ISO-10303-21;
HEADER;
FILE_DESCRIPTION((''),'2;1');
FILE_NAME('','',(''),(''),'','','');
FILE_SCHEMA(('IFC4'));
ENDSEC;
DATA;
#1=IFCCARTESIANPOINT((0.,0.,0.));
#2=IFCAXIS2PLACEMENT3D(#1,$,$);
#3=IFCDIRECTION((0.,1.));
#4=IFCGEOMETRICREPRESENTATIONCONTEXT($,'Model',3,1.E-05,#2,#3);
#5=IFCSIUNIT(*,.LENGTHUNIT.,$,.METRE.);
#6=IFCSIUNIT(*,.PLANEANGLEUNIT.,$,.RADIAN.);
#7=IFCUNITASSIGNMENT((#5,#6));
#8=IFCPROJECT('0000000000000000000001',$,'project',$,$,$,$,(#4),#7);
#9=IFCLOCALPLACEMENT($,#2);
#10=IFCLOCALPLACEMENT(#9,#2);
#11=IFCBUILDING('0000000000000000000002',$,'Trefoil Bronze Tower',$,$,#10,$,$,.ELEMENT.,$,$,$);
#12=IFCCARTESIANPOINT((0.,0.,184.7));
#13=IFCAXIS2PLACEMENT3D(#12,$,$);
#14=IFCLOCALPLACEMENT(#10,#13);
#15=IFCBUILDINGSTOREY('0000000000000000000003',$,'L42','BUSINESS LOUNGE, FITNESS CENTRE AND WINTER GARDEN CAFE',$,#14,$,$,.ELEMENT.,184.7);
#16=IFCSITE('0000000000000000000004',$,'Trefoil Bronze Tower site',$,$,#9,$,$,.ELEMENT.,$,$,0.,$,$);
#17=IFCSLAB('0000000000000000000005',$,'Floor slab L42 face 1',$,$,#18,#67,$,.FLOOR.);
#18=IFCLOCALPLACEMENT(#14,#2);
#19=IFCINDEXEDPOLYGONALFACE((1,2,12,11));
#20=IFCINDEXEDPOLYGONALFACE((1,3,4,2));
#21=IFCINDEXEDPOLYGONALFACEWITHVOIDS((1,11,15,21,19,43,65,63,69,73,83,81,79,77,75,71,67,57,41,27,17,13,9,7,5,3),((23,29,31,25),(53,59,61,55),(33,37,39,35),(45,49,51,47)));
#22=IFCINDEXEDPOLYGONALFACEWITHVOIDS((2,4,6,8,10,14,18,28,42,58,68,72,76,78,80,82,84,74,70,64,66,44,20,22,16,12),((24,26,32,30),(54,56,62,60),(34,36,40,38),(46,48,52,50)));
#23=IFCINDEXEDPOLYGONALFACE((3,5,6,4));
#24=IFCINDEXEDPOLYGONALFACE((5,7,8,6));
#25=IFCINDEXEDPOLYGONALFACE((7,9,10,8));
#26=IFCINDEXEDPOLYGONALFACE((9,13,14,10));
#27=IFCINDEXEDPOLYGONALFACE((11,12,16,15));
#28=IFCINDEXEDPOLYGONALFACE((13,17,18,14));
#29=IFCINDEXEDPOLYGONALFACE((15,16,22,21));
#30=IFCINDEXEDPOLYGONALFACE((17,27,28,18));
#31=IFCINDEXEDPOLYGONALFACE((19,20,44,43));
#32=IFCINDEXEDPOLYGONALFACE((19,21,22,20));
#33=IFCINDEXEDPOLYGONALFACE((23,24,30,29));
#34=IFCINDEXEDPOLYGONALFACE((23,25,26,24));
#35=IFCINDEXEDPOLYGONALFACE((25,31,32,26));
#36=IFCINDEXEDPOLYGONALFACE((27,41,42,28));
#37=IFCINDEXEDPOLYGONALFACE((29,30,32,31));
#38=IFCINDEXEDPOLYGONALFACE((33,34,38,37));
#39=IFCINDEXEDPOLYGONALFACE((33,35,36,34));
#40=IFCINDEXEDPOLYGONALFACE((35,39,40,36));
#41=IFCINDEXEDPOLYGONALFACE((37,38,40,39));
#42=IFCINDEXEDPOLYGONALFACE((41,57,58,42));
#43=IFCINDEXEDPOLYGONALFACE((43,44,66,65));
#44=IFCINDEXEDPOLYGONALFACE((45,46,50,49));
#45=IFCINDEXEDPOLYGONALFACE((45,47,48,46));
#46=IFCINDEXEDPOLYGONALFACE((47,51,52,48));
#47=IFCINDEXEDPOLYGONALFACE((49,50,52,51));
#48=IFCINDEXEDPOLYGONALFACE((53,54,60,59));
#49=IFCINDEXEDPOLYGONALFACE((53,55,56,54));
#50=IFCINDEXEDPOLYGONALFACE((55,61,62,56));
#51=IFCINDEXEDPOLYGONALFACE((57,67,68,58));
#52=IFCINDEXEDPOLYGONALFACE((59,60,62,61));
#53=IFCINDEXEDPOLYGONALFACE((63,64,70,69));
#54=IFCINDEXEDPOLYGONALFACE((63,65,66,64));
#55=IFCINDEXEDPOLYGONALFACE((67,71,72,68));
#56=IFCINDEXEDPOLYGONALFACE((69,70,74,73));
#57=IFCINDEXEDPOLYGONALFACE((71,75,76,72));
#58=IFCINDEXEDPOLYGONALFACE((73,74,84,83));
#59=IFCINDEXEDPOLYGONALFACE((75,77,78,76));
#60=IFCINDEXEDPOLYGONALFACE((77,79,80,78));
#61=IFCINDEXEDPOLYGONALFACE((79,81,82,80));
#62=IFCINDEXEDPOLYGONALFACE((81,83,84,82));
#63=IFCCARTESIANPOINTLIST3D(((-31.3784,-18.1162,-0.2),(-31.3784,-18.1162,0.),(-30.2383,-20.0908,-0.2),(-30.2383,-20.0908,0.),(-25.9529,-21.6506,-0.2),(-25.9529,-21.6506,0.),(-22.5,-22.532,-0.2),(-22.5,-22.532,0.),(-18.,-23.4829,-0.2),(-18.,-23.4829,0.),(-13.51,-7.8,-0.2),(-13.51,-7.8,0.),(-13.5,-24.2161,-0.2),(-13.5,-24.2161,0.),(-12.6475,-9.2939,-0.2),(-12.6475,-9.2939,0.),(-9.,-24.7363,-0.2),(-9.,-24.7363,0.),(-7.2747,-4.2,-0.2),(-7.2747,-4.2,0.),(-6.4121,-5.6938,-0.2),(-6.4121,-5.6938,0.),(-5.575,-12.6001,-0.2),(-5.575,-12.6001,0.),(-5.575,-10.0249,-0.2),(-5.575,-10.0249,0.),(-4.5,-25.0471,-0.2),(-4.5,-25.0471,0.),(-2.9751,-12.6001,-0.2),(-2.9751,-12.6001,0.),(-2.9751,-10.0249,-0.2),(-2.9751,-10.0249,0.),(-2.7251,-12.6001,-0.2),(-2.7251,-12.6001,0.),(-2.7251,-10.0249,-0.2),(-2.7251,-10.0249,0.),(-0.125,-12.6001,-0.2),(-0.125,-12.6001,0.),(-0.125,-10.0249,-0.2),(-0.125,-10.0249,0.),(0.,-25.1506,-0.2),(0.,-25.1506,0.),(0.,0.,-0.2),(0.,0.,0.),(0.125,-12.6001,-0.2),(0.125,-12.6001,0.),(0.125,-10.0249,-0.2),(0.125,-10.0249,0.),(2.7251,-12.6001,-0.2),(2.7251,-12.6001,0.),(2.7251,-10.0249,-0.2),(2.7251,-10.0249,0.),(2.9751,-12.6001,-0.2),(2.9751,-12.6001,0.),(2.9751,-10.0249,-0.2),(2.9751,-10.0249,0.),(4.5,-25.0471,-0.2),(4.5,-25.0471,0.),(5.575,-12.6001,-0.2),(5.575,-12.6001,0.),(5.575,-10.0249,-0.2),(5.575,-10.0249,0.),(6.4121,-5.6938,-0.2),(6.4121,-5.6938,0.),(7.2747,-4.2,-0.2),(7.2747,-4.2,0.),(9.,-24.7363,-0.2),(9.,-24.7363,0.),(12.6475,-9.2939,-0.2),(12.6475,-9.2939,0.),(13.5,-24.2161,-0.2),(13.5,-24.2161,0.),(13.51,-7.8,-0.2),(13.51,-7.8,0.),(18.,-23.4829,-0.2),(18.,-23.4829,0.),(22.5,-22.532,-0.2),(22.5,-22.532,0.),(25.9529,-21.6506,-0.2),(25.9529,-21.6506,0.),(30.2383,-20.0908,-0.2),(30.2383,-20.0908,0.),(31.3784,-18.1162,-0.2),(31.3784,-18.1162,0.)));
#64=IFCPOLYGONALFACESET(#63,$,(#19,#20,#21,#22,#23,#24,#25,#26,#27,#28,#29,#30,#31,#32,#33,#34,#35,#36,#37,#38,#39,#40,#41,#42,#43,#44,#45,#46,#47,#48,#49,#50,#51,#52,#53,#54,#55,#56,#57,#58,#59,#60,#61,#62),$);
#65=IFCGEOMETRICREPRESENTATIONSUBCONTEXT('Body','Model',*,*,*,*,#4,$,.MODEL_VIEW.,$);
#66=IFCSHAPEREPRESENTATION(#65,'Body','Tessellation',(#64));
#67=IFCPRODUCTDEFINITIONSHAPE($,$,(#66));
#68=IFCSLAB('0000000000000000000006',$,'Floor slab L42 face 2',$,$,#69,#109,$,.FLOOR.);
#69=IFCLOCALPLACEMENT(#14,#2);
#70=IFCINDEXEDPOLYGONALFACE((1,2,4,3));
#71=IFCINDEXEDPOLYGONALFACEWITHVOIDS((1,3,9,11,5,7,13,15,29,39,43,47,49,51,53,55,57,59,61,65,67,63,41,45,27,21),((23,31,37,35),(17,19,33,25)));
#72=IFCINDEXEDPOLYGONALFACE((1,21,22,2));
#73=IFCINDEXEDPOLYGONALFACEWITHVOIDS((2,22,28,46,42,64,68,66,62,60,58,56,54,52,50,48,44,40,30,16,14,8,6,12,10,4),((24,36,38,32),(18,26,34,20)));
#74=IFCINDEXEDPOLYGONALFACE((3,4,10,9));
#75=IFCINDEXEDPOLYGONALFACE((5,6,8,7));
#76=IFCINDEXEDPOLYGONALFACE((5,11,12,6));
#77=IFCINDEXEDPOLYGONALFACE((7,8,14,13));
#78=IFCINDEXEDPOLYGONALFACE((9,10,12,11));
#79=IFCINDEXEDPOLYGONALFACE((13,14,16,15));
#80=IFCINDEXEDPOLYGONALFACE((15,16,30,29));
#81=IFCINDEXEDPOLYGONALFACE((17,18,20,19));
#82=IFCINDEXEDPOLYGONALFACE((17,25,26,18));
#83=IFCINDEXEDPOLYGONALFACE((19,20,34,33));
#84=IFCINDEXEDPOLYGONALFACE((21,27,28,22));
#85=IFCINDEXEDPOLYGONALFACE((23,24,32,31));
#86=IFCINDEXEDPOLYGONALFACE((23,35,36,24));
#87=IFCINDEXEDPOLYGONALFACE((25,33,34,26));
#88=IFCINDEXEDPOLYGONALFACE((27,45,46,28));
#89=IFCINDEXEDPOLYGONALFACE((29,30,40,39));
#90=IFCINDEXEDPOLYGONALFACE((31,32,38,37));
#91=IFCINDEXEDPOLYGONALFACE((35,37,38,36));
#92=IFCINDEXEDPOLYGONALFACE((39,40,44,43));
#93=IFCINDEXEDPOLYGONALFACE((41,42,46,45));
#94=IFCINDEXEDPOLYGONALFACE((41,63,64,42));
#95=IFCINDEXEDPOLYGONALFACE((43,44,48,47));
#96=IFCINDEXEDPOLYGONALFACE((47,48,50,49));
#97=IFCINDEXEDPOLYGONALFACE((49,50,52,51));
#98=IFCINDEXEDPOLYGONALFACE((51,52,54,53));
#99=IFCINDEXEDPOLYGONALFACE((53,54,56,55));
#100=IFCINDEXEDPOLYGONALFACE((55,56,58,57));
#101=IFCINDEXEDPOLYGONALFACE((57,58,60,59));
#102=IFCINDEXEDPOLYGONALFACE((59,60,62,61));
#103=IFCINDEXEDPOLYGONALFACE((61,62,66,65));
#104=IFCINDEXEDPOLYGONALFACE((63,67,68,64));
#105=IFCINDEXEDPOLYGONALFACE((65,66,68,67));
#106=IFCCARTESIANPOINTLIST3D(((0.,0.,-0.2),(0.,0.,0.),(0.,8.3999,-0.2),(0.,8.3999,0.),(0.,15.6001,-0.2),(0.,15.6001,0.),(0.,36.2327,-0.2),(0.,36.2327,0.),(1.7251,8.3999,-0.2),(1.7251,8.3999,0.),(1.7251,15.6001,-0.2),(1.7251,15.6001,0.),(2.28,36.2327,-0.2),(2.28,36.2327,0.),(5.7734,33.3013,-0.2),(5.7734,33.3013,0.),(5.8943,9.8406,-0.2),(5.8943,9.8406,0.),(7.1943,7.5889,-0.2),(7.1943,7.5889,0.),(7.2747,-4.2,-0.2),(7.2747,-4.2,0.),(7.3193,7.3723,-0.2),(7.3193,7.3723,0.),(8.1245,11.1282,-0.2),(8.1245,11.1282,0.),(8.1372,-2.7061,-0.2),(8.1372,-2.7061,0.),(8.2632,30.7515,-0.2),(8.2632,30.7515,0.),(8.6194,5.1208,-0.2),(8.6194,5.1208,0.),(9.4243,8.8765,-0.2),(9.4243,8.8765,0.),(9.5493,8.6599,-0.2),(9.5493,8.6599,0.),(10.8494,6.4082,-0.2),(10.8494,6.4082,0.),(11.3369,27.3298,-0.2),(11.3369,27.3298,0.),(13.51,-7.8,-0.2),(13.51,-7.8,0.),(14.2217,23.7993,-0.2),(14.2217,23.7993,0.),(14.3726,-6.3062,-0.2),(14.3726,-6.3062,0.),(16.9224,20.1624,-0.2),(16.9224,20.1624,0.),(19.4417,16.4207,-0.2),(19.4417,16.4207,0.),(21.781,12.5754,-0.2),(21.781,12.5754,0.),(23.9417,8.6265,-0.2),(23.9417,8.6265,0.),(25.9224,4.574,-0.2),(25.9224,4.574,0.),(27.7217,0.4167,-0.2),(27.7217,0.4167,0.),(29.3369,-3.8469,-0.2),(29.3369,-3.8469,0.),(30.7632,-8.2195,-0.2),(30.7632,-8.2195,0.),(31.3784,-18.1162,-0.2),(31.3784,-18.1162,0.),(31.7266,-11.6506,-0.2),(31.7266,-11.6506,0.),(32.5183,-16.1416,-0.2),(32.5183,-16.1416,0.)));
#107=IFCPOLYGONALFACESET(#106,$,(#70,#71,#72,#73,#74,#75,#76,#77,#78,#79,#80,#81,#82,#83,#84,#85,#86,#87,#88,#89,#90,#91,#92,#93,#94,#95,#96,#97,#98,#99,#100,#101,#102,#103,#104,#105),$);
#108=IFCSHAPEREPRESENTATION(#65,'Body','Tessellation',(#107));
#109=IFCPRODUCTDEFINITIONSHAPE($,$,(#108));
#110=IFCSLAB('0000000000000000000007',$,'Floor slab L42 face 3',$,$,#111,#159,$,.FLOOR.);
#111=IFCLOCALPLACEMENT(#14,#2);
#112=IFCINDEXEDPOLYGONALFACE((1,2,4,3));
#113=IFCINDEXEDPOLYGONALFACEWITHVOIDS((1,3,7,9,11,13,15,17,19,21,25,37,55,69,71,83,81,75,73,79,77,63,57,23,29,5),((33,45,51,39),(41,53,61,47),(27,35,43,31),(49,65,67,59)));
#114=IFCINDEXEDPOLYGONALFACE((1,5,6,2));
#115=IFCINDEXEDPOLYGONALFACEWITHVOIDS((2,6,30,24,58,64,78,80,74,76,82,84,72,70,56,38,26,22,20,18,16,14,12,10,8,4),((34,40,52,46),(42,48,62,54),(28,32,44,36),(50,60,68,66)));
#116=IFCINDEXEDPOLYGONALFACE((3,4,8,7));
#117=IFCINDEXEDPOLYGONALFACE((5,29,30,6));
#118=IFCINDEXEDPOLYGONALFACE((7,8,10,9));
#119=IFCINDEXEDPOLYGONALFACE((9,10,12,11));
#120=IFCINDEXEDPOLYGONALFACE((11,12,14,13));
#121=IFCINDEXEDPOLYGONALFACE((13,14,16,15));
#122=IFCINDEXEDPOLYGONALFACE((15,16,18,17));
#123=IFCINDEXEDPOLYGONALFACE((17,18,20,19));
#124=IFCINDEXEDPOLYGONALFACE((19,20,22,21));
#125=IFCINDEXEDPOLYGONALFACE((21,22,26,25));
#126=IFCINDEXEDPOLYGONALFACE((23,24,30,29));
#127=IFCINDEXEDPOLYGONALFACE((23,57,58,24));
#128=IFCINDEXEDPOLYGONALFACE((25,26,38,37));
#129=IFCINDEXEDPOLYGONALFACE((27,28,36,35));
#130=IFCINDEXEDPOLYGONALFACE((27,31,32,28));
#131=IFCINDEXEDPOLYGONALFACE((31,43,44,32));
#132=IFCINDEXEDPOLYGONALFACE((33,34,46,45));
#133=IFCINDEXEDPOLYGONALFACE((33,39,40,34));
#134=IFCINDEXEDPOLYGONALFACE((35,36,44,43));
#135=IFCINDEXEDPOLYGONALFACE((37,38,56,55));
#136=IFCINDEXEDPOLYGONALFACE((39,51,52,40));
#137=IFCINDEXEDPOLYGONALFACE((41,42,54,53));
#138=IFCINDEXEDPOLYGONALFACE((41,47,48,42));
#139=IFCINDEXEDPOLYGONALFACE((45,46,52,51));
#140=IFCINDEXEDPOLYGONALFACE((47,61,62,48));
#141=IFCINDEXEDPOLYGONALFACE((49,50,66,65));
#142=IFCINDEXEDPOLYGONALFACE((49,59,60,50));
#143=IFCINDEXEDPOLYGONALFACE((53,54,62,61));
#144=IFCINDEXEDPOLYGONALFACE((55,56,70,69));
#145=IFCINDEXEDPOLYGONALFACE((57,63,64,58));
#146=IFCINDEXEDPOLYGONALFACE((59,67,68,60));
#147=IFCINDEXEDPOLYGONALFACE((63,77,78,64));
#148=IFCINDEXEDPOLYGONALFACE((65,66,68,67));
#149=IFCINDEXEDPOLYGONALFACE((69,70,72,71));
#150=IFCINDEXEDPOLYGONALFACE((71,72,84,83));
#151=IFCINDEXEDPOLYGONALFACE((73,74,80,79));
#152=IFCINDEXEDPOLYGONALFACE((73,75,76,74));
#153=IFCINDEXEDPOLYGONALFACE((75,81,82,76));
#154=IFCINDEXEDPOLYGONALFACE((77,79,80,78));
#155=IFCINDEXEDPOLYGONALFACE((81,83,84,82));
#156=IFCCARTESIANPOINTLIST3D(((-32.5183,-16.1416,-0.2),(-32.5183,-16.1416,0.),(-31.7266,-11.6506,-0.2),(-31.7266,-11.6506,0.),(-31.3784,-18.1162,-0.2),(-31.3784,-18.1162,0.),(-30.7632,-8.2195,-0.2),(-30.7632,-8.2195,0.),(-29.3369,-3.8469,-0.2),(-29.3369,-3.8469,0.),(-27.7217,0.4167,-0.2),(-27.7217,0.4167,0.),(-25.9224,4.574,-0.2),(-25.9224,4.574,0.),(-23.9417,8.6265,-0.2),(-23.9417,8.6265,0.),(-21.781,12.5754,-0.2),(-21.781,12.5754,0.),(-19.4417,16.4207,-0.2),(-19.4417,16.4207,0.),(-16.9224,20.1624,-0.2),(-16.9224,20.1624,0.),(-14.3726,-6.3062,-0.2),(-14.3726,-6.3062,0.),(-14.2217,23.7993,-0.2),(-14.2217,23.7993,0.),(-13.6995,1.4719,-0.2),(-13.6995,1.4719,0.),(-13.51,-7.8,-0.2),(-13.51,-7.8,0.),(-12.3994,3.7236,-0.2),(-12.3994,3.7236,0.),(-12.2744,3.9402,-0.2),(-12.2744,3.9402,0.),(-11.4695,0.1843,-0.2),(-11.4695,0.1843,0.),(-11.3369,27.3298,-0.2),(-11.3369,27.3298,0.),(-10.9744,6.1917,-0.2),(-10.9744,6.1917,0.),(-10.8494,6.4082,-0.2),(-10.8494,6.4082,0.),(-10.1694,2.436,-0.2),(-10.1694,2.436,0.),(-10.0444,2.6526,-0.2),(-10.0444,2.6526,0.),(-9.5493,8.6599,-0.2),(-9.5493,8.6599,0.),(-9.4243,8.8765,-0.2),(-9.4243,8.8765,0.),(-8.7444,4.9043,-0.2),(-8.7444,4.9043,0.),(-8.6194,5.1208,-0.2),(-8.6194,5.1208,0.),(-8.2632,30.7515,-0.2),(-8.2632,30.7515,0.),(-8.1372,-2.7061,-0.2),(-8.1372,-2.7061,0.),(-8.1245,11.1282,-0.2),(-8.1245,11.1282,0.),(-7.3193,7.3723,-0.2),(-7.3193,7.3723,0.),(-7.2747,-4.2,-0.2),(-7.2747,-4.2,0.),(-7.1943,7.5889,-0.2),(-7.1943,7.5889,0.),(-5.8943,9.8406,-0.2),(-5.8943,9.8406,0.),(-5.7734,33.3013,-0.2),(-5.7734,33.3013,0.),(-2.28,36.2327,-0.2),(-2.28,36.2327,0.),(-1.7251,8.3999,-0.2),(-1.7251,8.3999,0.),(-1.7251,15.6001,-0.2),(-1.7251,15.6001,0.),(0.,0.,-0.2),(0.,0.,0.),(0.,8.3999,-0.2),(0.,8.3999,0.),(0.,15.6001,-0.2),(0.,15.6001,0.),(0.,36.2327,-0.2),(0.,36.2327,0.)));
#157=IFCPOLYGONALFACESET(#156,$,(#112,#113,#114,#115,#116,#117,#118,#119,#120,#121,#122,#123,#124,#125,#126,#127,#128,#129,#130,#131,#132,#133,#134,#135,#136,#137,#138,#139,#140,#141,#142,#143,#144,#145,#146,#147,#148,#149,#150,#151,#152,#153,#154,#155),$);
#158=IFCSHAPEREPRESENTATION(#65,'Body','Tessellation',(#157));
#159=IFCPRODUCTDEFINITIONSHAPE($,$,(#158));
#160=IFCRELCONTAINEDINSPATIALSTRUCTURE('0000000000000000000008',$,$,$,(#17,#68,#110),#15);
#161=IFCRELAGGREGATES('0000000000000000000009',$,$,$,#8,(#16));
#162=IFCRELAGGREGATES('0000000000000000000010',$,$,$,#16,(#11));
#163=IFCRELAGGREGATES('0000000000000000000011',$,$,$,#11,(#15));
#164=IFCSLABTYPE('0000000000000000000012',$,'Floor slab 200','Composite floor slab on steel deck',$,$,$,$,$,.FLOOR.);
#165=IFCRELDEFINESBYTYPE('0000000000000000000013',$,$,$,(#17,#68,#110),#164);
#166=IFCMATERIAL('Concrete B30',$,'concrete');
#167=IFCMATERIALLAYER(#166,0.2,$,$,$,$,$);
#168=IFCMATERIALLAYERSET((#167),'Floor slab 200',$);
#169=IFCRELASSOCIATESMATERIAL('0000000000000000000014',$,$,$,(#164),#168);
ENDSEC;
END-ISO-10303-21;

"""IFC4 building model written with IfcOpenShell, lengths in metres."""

from ifc_helpers import new_model, si_unit, direction, frame, origin, place, context, subcontext, project, spatial, polyline, outline, extrude, material, layer, layer_set, type_object, element, save


model = new_model("IFC4")

# Units and contexts
model_context = context("Model", 3, precision=1e-05, world=origin(), true_north=direction((0.0, 1.0)))
body_context = subcontext(model_context, "Body", "Model", "MODEL_VIEW")
ifc_project = project(units=[si_unit("LENGTHUNIT", "METRE"), si_unit("PLANEANGLEUNIT", "RADIAN")], contexts=[model_context])

# Site, building, storey
site_placement = place(None, origin())
site = spatial("IfcSite", under=ifc_project, at=site_placement, Name="Trefoil Bronze Tower site", CompositionType="ELEMENT", RefElevation=0.0)
building_placement = place(site_placement, origin())
building = spatial("IfcBuilding", under=site, at=building_placement, Name="Trefoil Bronze Tower", CompositionType="ELEMENT")
storey_placement = place(building_placement, frame((0.0, 0.0, 184.7)))
storey = spatial("IfcBuildingStorey", under=building, at=storey_placement, Name="L42", Description="BUSINESS LOUNGE, FITNESS CENTRE AND WINTER GARDEN CAFE", CompositionType="ELEMENT", Elevation=184.7)

# Slabs
ifc_material_1 = material(Name="Concrete B30", Category="concrete")
ifc_layer_1 = layer(ifc_material_1, 0.2)
ifc_layer_set_1 = layer_set([ifc_layer_1], Name="Floor slab 200")
slab_type_1 = type_object("IfcSlabType", Name="Floor slab 200", Description="Composite floor slab on steel deck", PredefinedType="FLOOR", material=ifc_layer_set_1)
slab_1_placement = place(storey_placement, frame((0.0, 0.0, -0.2)))
element("IfcSlab", 1, at=slab_1_placement, inside=storey, type_object=slab_type_1, Name="Floor slab L42 face 1", PredefinedType="FLOOR", context=body_context, shape_type="SweptSolid", body=[
    extrude(outline(polyline([(18.0, -23.4829), (13.5, -24.2161), (9.0, -24.7363), (4.5, -25.0471), (0.0, -25.1506), (-4.5, -25.0471), (-9.0, -24.7363), (-13.5, -24.2161), (-18.0, -23.4829), (-22.5, -22.532), (-25.9529, -21.6506), (-30.2383, -20.0908), (-31.3784, -18.1162), (-13.51, -7.8), (-12.6475, -9.2939), (-6.4121, -5.6938), (-7.2747, -4.2), (0.0, 0.0), (7.2747, -4.2), (6.4121, -5.6938), (12.6475, -9.2939), (13.51, -7.8), (31.3784, -18.1162), (30.2383, -20.0908), (25.9529, -21.6506), (22.5, -22.532), (18.0, -23.4829)]), holes=[polyline([(-5.575, -10.0249), (-2.9751, -10.0249), (-2.9751, -12.6001), (-5.575, -12.6001), (-5.575, -10.0249)]), polyline([(-2.7251, -10.0249), (-0.125, -10.0249), (-0.125, -12.6001), (-2.7251, -12.6001), (-2.7251, -10.0249)]), polyline([(0.125, -10.0249), (2.7251, -10.0249), (2.7251, -12.6001), (0.125, -12.6001), (0.125, -10.0249)]), polyline([(2.9751, -10.0249), (5.575, -10.0249), (5.575, -12.6001), (2.9751, -12.6001), (2.9751, -10.0249)])]), origin(), (0.0, 0.0, 1.0), 0.2),
])
slab_2_placement = place(storey_placement, frame((0.0, 0.0, -0.2)))
element("IfcSlab", 2, at=slab_2_placement, inside=storey, type_object=slab_type_1, Name="Floor slab L42 face 2", PredefinedType="FLOOR", context=body_context, shape_type="SweptSolid", body=[
    extrude(outline(polyline([(11.3369, 27.3298), (14.2217, 23.7993), (16.9224, 20.1624), (19.4417, 16.4207), (21.781, 12.5754), (23.9417, 8.6265), (25.9224, 4.574), (27.7217, 0.4167), (29.3369, -3.8469), (30.7632, -8.2195), (31.7266, -11.6506), (32.5183, -16.1416), (31.3784, -18.1162), (13.51, -7.8), (14.3726, -6.3062), (8.1372, -2.7061), (7.2747, -4.2), (0.0, 0.0), (0.0, 8.3999), (1.7251, 8.3999), (1.7251, 15.6001), (0.0, 15.6001), (0.0, 36.2327), (2.28, 36.2327), (5.7734, 33.3013), (8.2632, 30.7515), (11.3369, 27.3298)]), holes=[polyline([(8.6194, 5.1208), (7.3193, 7.3723), (9.5493, 8.6599), (10.8494, 6.4082), (8.6194, 5.1208)]), polyline([(7.1943, 7.5889), (5.8943, 9.8406), (8.1245, 11.1282), (9.4243, 8.8765), (7.1943, 7.5889)])]), origin(), (0.0, 0.0, 1.0), 0.2),
])
slab_3_placement = place(storey_placement, frame((0.0, 0.0, -0.2)))
element("IfcSlab", 3, at=slab_3_placement, inside=storey, type_object=slab_type_1, Name="Floor slab L42 face 3", PredefinedType="FLOOR", context=body_context, shape_type="SweptSolid", body=[
    extrude(outline(polyline([(-29.3369, -3.8469), (-27.7217, 0.4167), (-25.9224, 4.574), (-23.9417, 8.6265), (-21.781, 12.5754), (-19.4417, 16.4207), (-16.9224, 20.1624), (-14.2217, 23.7993), (-11.3369, 27.3298), (-8.2632, 30.7515), (-5.7734, 33.3013), (-2.28, 36.2327), (0.0, 36.2327), (0.0, 15.6001), (-1.7251, 15.6001), (-1.7251, 8.3999), (0.0, 8.3999), (0.0, 0.0), (-7.2747, -4.2), (-8.1372, -2.7061), (-14.3726, -6.3062), (-13.51, -7.8), (-31.3784, -18.1162), (-32.5183, -16.1416), (-31.7266, -11.6506), (-30.7632, -8.2195), (-29.3369, -3.8469)]), holes=[polyline([(-5.8943, 9.8406), (-7.1943, 7.5889), (-9.4243, 8.8765), (-8.1245, 11.1282), (-5.8943, 9.8406)]), polyline([(-7.3193, 7.3723), (-8.6194, 5.1208), (-10.8494, 6.4082), (-9.5493, 8.6599), (-7.3193, 7.3723)]), polyline([(-8.7444, 4.9043), (-10.0444, 2.6526), (-12.2744, 3.9402), (-10.9744, 6.1917), (-8.7444, 4.9043)]), polyline([(-10.1694, 2.436), (-11.4695, 0.1843), (-13.6995, 1.4719), (-12.3994, 3.7236), (-10.1694, 2.436)])]), origin(), (0.0, 0.0, 1.0), 0.2),
])

save(model, "model.ifc")
